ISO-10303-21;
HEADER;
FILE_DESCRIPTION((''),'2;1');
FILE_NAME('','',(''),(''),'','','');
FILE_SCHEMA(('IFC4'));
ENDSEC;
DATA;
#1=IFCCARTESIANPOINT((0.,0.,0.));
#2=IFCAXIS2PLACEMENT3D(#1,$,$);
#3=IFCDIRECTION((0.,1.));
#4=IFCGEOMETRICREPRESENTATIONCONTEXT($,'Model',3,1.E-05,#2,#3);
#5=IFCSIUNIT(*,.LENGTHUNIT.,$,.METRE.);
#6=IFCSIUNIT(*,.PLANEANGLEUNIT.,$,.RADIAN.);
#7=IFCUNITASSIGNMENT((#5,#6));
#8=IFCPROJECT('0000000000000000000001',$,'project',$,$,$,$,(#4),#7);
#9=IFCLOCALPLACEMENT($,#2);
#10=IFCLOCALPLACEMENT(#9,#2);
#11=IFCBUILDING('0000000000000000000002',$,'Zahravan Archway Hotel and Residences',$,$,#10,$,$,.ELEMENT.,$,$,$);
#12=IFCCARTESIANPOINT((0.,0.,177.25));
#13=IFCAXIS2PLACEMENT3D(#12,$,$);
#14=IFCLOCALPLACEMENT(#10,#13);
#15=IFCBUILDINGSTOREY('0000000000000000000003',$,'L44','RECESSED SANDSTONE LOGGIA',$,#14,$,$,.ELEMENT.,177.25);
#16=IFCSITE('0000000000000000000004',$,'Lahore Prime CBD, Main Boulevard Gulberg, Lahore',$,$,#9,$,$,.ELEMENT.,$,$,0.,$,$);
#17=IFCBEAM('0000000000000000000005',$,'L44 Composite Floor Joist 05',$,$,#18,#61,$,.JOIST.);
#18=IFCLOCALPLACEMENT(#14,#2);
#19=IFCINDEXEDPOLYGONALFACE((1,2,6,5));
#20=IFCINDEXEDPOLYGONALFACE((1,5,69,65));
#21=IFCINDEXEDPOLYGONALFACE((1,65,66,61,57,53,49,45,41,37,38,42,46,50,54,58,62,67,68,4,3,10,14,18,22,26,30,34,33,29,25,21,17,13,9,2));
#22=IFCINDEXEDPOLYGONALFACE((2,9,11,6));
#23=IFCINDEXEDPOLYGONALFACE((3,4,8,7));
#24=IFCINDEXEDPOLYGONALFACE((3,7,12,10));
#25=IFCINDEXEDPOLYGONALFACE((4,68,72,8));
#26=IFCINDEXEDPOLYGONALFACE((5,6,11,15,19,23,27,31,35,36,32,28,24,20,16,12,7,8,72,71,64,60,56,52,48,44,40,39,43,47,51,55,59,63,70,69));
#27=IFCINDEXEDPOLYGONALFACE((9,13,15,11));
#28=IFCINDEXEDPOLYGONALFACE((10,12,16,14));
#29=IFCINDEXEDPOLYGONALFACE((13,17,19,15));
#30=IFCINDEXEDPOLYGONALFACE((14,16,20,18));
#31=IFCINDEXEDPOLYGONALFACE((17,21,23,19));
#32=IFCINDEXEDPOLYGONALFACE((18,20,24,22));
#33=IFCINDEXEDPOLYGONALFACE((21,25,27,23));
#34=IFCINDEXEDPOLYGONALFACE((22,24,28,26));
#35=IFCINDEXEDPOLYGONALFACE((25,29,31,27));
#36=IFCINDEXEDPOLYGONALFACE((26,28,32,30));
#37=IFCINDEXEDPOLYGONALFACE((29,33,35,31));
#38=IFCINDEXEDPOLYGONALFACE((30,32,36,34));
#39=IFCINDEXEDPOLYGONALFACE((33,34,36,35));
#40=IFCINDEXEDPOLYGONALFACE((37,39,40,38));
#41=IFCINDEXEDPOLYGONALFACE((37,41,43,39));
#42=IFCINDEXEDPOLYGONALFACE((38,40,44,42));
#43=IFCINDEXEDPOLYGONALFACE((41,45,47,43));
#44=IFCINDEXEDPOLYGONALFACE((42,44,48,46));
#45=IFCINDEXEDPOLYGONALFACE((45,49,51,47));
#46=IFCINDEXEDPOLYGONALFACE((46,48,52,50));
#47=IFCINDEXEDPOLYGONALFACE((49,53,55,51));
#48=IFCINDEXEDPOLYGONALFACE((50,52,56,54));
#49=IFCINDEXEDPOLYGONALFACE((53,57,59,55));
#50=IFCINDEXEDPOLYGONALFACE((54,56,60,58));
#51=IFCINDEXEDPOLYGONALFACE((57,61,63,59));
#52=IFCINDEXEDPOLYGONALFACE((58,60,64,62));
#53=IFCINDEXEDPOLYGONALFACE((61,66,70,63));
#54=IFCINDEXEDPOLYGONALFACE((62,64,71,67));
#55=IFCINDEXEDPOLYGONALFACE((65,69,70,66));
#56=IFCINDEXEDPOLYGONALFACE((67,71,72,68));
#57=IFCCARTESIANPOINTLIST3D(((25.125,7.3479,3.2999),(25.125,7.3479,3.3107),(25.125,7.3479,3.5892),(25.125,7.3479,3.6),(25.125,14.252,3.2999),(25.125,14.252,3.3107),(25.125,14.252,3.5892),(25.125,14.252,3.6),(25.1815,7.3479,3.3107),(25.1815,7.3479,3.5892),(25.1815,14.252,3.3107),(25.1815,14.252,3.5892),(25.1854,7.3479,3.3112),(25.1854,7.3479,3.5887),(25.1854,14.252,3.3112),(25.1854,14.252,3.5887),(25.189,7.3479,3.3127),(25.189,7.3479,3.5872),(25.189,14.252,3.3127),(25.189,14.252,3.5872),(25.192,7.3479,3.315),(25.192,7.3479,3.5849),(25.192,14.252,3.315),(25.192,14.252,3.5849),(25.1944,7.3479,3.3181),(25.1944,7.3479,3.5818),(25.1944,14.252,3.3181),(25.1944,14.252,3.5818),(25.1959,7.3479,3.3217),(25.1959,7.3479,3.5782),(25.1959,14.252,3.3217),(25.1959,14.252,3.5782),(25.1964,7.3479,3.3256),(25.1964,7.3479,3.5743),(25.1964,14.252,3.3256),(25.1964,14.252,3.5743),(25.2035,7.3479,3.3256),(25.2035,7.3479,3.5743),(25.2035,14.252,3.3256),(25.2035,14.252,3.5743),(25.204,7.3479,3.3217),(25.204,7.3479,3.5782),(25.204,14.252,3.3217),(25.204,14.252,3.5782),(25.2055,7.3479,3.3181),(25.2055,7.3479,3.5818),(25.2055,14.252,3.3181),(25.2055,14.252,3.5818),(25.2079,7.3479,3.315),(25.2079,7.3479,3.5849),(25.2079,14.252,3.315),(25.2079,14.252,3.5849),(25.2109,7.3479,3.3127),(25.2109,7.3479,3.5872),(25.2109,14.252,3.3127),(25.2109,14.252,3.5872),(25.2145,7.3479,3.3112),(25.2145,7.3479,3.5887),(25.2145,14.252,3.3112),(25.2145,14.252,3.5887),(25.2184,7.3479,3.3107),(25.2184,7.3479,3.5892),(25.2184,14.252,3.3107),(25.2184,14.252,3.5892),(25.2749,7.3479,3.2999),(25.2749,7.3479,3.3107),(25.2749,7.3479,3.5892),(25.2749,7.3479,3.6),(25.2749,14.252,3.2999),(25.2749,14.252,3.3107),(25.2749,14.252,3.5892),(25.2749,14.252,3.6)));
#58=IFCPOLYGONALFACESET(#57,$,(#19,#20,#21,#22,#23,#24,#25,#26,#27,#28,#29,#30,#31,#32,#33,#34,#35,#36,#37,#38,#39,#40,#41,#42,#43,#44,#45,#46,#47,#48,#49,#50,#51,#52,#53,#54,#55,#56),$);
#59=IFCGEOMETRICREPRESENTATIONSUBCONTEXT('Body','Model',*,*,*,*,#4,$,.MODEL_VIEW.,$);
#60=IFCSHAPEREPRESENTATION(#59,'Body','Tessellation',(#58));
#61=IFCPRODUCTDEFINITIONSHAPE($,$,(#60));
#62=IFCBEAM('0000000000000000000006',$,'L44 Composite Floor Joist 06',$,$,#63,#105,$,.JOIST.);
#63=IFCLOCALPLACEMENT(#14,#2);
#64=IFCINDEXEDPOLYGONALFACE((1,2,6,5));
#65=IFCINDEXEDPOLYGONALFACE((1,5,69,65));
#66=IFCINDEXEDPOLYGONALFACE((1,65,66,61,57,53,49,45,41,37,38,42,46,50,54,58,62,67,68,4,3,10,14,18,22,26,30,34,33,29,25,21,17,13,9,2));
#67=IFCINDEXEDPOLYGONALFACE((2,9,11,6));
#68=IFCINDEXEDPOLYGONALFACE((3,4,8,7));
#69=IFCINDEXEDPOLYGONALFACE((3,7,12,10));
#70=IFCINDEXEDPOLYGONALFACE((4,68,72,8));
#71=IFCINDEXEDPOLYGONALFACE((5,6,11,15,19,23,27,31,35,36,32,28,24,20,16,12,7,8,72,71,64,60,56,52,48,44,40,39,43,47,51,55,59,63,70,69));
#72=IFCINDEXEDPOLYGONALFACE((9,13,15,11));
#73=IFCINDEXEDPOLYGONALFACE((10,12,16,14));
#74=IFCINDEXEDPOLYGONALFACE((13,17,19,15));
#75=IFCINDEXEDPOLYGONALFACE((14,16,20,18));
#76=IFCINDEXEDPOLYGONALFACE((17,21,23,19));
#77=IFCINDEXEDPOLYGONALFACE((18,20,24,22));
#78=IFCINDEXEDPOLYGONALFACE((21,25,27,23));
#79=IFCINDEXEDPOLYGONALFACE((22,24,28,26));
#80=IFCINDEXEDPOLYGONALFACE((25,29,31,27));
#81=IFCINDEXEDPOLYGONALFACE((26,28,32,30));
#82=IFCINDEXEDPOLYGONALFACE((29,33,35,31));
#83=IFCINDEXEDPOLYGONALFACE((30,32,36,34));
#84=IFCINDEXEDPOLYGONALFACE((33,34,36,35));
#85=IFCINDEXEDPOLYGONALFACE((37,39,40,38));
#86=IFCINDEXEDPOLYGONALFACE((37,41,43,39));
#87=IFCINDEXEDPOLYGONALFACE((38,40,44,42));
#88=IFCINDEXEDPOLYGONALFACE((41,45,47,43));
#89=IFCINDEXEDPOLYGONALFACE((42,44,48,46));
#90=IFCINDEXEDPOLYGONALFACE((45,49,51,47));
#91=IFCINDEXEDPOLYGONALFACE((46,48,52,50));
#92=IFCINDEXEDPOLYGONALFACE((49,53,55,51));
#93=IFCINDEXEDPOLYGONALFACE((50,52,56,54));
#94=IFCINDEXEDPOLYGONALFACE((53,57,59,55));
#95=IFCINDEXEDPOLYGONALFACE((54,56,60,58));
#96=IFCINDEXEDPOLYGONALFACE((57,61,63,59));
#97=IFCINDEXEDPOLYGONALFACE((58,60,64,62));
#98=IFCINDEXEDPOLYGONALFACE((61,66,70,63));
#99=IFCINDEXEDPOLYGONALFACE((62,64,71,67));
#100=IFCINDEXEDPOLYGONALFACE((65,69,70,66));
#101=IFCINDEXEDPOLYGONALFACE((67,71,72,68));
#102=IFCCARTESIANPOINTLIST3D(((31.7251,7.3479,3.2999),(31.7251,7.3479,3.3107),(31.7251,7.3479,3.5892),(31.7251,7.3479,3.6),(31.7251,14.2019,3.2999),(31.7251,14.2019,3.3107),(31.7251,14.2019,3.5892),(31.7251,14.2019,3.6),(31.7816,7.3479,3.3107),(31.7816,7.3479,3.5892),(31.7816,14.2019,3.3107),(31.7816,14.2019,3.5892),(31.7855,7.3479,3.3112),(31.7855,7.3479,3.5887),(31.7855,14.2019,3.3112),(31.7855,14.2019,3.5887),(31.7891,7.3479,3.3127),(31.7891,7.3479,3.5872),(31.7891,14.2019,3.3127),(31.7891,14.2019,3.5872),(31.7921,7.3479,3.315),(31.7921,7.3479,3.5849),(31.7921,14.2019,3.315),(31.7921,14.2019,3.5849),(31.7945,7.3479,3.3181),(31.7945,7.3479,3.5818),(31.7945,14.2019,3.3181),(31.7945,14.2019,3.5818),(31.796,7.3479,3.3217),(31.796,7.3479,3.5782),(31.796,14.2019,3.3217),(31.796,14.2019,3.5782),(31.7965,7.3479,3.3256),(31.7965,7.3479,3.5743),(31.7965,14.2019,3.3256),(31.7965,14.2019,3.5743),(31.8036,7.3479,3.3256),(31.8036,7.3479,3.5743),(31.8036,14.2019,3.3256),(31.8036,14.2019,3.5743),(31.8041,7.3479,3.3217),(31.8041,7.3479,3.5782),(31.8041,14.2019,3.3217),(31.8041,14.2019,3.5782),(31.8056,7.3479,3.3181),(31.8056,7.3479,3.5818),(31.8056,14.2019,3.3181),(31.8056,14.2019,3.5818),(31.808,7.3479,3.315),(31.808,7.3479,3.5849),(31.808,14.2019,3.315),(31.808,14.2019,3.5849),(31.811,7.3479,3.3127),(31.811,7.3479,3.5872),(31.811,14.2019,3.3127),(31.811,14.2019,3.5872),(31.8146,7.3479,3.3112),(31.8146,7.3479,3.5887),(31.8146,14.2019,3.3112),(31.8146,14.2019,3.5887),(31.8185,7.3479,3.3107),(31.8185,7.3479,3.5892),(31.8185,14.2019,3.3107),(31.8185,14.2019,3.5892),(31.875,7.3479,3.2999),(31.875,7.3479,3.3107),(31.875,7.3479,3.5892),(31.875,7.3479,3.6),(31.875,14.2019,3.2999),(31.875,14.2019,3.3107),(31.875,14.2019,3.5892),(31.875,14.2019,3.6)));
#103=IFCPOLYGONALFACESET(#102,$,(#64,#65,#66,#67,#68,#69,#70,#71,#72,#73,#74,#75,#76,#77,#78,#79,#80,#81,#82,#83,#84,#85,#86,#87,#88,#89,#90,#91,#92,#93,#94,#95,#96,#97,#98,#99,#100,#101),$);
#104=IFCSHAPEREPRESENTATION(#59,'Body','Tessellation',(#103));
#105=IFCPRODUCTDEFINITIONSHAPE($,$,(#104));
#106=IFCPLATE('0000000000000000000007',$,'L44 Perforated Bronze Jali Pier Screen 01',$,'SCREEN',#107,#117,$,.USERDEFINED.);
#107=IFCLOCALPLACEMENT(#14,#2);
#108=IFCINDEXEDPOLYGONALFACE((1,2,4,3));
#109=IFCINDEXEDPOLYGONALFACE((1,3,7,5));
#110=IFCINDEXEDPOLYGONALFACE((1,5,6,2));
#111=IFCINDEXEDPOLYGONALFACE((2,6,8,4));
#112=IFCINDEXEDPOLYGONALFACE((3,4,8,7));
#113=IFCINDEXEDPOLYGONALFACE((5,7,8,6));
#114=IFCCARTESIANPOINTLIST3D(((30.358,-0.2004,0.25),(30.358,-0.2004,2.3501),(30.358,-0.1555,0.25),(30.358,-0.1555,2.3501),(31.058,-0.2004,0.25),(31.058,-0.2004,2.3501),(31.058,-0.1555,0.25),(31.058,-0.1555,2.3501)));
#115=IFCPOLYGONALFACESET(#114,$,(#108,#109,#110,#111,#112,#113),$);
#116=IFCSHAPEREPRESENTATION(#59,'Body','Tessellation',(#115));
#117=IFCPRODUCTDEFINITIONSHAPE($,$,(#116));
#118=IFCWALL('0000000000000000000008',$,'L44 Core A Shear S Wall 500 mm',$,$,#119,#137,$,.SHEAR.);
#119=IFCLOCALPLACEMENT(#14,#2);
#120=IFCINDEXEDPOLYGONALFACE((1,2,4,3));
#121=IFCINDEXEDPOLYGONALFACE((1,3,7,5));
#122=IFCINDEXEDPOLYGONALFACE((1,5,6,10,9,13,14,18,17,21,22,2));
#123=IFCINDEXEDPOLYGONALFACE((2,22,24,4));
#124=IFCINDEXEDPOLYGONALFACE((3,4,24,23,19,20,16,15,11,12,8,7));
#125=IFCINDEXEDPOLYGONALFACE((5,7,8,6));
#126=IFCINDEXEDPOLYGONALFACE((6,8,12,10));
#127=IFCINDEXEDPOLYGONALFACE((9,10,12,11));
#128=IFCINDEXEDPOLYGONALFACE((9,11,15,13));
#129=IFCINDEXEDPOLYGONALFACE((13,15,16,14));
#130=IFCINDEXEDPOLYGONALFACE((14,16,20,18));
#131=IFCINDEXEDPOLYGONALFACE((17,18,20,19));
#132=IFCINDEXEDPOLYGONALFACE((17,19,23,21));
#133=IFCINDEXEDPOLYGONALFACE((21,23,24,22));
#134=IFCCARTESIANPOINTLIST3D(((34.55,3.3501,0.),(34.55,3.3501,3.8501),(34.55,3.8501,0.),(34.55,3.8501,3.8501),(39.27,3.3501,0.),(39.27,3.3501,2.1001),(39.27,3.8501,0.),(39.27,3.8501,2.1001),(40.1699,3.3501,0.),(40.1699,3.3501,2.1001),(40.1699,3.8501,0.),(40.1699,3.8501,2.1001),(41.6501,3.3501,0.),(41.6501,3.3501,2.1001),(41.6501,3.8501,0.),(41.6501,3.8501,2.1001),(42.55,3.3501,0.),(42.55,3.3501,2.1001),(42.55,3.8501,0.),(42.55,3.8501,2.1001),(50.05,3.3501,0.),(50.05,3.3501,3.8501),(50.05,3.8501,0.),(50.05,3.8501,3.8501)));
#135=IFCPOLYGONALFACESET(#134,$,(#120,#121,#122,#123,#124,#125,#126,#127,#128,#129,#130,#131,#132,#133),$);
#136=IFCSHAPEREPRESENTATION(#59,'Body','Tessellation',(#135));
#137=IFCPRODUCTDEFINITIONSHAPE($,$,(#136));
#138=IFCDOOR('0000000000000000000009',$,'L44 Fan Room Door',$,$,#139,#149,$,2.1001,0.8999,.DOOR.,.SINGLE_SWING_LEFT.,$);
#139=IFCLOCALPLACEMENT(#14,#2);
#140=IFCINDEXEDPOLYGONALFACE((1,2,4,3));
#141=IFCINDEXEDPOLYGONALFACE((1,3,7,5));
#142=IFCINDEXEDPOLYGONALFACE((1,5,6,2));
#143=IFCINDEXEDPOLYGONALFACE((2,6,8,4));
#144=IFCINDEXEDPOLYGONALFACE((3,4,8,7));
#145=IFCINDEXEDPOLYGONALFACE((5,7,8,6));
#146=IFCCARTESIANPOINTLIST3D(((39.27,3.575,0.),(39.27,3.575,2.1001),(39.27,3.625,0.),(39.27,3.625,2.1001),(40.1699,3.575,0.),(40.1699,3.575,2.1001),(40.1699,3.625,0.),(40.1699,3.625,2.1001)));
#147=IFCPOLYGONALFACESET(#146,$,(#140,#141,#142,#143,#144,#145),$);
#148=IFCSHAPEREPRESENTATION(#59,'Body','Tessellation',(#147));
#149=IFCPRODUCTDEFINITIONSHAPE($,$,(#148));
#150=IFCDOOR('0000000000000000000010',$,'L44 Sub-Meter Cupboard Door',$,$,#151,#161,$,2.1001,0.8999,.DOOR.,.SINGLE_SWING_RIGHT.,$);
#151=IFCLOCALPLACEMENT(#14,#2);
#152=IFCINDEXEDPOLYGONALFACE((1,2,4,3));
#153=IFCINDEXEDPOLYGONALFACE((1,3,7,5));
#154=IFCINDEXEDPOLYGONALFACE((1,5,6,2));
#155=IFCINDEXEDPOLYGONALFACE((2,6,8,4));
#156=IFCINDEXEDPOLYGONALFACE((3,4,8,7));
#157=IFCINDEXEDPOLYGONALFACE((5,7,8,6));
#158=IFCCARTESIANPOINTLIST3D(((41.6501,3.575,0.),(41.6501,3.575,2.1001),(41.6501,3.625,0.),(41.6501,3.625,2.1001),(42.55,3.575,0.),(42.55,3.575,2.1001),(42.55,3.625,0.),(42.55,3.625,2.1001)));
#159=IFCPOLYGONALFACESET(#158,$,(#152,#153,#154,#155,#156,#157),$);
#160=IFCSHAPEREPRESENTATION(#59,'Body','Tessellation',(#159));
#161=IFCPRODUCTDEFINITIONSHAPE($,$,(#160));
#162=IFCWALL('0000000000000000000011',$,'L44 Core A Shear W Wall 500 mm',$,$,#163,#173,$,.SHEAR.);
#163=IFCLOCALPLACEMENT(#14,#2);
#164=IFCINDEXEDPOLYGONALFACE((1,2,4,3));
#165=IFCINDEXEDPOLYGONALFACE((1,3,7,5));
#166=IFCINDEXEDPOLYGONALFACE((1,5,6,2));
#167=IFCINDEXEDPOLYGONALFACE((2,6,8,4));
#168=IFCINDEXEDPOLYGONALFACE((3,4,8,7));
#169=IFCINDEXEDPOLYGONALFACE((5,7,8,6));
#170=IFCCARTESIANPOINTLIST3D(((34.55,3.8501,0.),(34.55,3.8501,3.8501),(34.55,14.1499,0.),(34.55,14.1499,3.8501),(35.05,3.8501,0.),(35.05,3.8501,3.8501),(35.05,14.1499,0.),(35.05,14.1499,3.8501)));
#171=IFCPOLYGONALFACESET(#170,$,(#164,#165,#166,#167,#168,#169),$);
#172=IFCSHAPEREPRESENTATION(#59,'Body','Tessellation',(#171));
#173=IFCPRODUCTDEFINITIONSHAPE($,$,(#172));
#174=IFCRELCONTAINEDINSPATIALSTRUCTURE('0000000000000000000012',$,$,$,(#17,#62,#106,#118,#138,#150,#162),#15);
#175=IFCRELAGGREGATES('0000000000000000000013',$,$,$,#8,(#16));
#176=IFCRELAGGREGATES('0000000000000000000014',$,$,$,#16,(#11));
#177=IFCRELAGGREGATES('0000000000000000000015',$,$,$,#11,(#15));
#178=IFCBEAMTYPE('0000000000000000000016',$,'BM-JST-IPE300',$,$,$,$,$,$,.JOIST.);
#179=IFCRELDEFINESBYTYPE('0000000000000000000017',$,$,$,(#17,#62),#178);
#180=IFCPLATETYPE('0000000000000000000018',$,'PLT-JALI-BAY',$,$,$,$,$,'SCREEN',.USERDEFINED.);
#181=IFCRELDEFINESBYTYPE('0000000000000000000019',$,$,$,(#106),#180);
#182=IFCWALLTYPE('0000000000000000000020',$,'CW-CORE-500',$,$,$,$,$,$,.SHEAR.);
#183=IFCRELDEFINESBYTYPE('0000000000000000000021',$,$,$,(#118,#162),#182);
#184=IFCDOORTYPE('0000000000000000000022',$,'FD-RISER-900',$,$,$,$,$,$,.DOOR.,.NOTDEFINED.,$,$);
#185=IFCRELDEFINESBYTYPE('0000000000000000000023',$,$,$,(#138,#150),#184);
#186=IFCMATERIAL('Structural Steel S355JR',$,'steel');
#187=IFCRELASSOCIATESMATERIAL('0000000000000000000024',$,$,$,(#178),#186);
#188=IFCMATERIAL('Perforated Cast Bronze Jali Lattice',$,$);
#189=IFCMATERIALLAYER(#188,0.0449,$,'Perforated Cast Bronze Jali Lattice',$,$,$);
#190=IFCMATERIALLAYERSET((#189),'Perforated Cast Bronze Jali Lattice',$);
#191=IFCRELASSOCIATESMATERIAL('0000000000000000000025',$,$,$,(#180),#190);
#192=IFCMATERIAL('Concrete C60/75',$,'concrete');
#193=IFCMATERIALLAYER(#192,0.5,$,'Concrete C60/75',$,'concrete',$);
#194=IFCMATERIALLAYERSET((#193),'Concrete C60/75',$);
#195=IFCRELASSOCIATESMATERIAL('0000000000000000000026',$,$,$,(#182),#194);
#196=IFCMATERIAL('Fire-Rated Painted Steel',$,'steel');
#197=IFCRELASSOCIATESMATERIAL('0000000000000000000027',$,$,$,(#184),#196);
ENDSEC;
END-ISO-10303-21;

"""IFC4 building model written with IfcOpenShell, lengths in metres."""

from ifc_helpers import new_model, si_unit, direction, frame, frame_2d, origin, origin_2d, place, context, subcontext, project, spatial, rectangle, i_section, extrude, source, transform, mapped, material, layer, layer_set, material_profile, profile_set, type_object, type_shapes, element, fill, save


model = new_model("IFC4")

# Units and contexts
model_context = context("Model", 3, precision=1e-05, world=origin(), true_north=direction((0.0, 1.0)))
body_context = subcontext(model_context, "Body", "Model", "MODEL_VIEW")
ifc_project = project(units=[si_unit("LENGTHUNIT", "METRE"), si_unit("PLANEANGLEUNIT", "RADIAN")], contexts=[model_context])

# Site, building, storey
site_placement = place(None, origin())
site = spatial("IfcSite", under=ifc_project, at=site_placement, Name="Lahore Prime CBD, Main Boulevard Gulberg, Lahore", CompositionType="ELEMENT", RefElevation=0.0)
building_placement = place(site_placement, origin())
building = spatial("IfcBuilding", under=site, at=building_placement, Name="Zahravan Archway Hotel and Residences", CompositionType="ELEMENT")
storey_placement = place(building_placement, frame((0.0, 0.0, 177.25)))
storey = spatial("IfcBuildingStorey", under=building, at=storey_placement, Name="L44", Description="RECESSED SANDSTONE LOGGIA", CompositionType="ELEMENT", Elevation=177.25)

# Shared definitions
ifc_material_1 = material(Name="Concrete C60/75", Category="concrete")

# Beams
ifc_material_2 = material(Name="Structural Steel S355JR", Category="steel")
ifc_material_profile_1 = material_profile(ifc_material_2, i_section(OverallWidth=0.1499, OverallDepth=0.3, WebThickness=0.0071, FlangeThickness=0.0107, FilletRadius=0.0149, at=origin_2d()), Name="IPE 300", Category="steel")
ifc_profile_set_1 = profile_set([ifc_material_profile_1], Name="Structural Steel S355JR")
beam_type_1 = type_object("IfcBeamType", Name="BM-JST-IPE300", PredefinedType="JOIST", material=ifc_profile_set_1)
shared_shape_1 = source(origin(), body_context, "Body", "SweptSolid", [
    extrude(i_section(OverallWidth=0.1499, OverallDepth=0.3, WebThickness=0.0071, FlangeThickness=0.0107, FilletRadius=0.0149, at=origin_2d()), origin(), (0.0, 0.0, 1.0), 6.9041),
])
type_shapes(beam_type_1, [shared_shape_1])
for number, where, z_axis, x_axis, name in (
    (1, (25.2, 7.3479, 3.45), (0.0, 1.0, 0.0), (-1.0, 0.0, 0.0), "L44 Composite Floor Joist 05"),
):
    element("IfcBeam", number, at=place(storey_placement, frame(where, z_axis=z_axis, x_axis=x_axis)), inside=storey, type_object=beam_type_1, Name=name, PredefinedType="JOIST", context=body_context, shape_type="MappedRepresentation", body=[
        mapped(shared_shape_1, transform((0.0, 0.0, 0.0), scale=1.0)),
    ])
shared_shape_2 = source(origin(), body_context, "Body", "SweptSolid", [
    extrude(i_section(OverallWidth=0.1499, OverallDepth=0.3, WebThickness=0.0071, FlangeThickness=0.0107, FilletRadius=0.0149, at=origin_2d()), origin(), (0.0, 0.0, 1.0), 6.854),
])
beam_1_placement = place(storey_placement, frame((31.8, 7.3479, 3.45), z_axis=(0.0, 1.0, 0.0), x_axis=(-1.0, 0.0, 0.0)))
element("IfcBeam", 2, at=beam_1_placement, inside=storey, type_object=beam_type_1, Name="L44 Composite Floor Joist 06", PredefinedType="JOIST", context=body_context, shape_type="MappedRepresentation", body=[
    mapped(shared_shape_2, transform((0.0, 0.0, 0.0), scale=1.0)),
])

# Plate
ifc_material_3 = material(Name="Perforated Cast Bronze Jali Lattice")
ifc_layer_1 = layer(ifc_material_3, 0.0449, Name="Perforated Cast Bronze Jali Lattice")
ifc_layer_set_1 = layer_set([ifc_layer_1], Name="Perforated Cast Bronze Jali Lattice")
plate_type = type_object("IfcPlateType", Name="PLT-JALI-BAY", ElementType="SCREEN", PredefinedType="USERDEFINED", material=ifc_layer_set_1)
shared_shape_3 = source(origin(), body_context, "Body", "SweptSolid", [
    extrude(rectangle(XDim=0.7, YDim=0.0449, at=origin_2d()), origin(), (0.0, 0.0, 1.0), 2.1001),
])
type_shapes(plate_type, [shared_shape_3])
plate_placement = place(storey_placement, frame((30.708, -0.178, 0.25), z_axis=(0.0, 0.0, 1.0), x_axis=(1.0, 0.0, 0.0)))
element("IfcPlate", 3, at=plate_placement, inside=storey, type_object=plate_type, Name="L44 Perforated Bronze Jali Pier Screen 01", ObjectType="SCREEN", PredefinedType="USERDEFINED", context=body_context, shape_type="MappedRepresentation", body=[
    mapped(shared_shape_3, transform((0.0, 0.0, 0.0), scale=1.0)),
])

# Wall, openings, doors
ifc_layer_2 = layer(ifc_material_1, 0.5, Name="Concrete C60/75", Category="concrete")
ifc_layer_set_2 = layer_set([ifc_layer_2], Name="Concrete C60/75")
wall_type_1 = type_object("IfcWallType", Name="CW-CORE-500", PredefinedType="SHEAR", material=ifc_layer_set_2)
wall_1_placement = place(storey_placement, frame((34.55, 3.6001, 0.0), z_axis=(0.0, 0.0, 1.0), x_axis=(1.0, 0.0, 0.0)))
wall_1 = element("IfcWall", 4, at=wall_1_placement, inside=storey, type_object=wall_type_1, Name="L44 Core A Shear S Wall 500 mm", PredefinedType="SHEAR", context=body_context, shape_type="SweptSolid", body=[
    extrude(rectangle(XDim=15.5, YDim=0.5, at=frame_2d((7.75, 0.0))), origin(), (0.0, 0.0, 1.0), 3.8501),
])
opening_1_placement = place(wall_1_placement, frame((4.72, 0.0, 0.0)))
opening_1 = element("IfcOpeningElement", 5, at=opening_1_placement, cuts=wall_1, PredefinedType="OPENING", context=body_context, shape_type="SweptSolid", body=[
    extrude(rectangle(XDim=0.8999, YDim=2.1001, at=frame_2d((0.45, 1.05))), frame((0.0, 0.26, 0.0), z_axis=(0.0, -1.0, 0.0), x_axis=(1.0, 0.0, 0.0)), (0.0, 0.0, 1.0), 0.52),
])
opening_2_placement = place(wall_1_placement, frame((7.1001, 0.0, 0.0)))
opening_2 = element("IfcOpeningElement", 6, at=opening_2_placement, cuts=wall_1, PredefinedType="OPENING", context=body_context, shape_type="SweptSolid", body=[
    extrude(rectangle(XDim=0.8999, YDim=2.1001, at=frame_2d((0.45, 1.05))), frame((0.0, 0.26, 0.0), z_axis=(0.0, -1.0, 0.0), x_axis=(1.0, 0.0, 0.0)), (0.0, 0.0, 1.0), 0.52),
])
ifc_material_4 = material(Name="Fire-Rated Painted Steel", Category="steel")
door_type_1 = type_object("IfcDoorType", Name="FD-RISER-900", OperationType="NOTDEFINED", PredefinedType="DOOR", material=ifc_material_4)
shared_shape_4 = source(origin(), body_context, "Body", "SweptSolid", [
    extrude(rectangle(XDim=0.8999, YDim=2.1001, at=frame_2d((0.45, 1.05))), frame((0.0, 0.0249, 0.0), z_axis=(0.0, -1.0, 0.0), x_axis=(1.0, 0.0, 0.0)), (0.0, 0.0, 1.0), 0.05),
])
type_shapes(door_type_1, [shared_shape_4])
door_1_placement = place(opening_1_placement, origin())
door_1 = element("IfcDoor", 7, at=door_1_placement, inside=storey, type_object=door_type_1, Name="L44 Fan Room Door", OperationType="SINGLE_SWING_LEFT", OverallHeight=2.1001, OverallWidth=0.8999, PredefinedType="DOOR", context=body_context, shape_type="MappedRepresentation", body=[
    mapped(shared_shape_4, transform((0.0, 0.0, 0.0), scale=1.0)),
])
fill(opening_1, door_1)
door_2_placement = place(opening_2_placement, origin())
door_2 = element("IfcDoor", 8, at=door_2_placement, inside=storey, type_object=door_type_1, Name="L44 Sub-Meter Cupboard Door", OperationType="SINGLE_SWING_RIGHT", OverallHeight=2.1001, OverallWidth=0.8999, PredefinedType="DOOR", context=body_context, shape_type="MappedRepresentation", body=[
    mapped(shared_shape_4, transform((0.0, 0.0, 0.0), scale=1.0)),
])
fill(opening_2, door_2)

# Wall
wall_2_placement = place(storey_placement, frame((34.8, 3.8501, 0.0), z_axis=(0.0, 0.0, 1.0), x_axis=(0.0, 1.0, 0.0)))
element("IfcWall", 9, at=wall_2_placement, inside=storey, type_object=wall_type_1, Name="L44 Core A Shear W Wall 500 mm", PredefinedType="SHEAR", context=body_context, shape_type="SweptSolid", body=[
    extrude(rectangle(XDim=10.2998, YDim=0.5, at=frame_2d((5.1499, 0.0))), origin(), (0.0, 0.0, 1.0), 3.8501),
])

save(model, "model.ifc")
